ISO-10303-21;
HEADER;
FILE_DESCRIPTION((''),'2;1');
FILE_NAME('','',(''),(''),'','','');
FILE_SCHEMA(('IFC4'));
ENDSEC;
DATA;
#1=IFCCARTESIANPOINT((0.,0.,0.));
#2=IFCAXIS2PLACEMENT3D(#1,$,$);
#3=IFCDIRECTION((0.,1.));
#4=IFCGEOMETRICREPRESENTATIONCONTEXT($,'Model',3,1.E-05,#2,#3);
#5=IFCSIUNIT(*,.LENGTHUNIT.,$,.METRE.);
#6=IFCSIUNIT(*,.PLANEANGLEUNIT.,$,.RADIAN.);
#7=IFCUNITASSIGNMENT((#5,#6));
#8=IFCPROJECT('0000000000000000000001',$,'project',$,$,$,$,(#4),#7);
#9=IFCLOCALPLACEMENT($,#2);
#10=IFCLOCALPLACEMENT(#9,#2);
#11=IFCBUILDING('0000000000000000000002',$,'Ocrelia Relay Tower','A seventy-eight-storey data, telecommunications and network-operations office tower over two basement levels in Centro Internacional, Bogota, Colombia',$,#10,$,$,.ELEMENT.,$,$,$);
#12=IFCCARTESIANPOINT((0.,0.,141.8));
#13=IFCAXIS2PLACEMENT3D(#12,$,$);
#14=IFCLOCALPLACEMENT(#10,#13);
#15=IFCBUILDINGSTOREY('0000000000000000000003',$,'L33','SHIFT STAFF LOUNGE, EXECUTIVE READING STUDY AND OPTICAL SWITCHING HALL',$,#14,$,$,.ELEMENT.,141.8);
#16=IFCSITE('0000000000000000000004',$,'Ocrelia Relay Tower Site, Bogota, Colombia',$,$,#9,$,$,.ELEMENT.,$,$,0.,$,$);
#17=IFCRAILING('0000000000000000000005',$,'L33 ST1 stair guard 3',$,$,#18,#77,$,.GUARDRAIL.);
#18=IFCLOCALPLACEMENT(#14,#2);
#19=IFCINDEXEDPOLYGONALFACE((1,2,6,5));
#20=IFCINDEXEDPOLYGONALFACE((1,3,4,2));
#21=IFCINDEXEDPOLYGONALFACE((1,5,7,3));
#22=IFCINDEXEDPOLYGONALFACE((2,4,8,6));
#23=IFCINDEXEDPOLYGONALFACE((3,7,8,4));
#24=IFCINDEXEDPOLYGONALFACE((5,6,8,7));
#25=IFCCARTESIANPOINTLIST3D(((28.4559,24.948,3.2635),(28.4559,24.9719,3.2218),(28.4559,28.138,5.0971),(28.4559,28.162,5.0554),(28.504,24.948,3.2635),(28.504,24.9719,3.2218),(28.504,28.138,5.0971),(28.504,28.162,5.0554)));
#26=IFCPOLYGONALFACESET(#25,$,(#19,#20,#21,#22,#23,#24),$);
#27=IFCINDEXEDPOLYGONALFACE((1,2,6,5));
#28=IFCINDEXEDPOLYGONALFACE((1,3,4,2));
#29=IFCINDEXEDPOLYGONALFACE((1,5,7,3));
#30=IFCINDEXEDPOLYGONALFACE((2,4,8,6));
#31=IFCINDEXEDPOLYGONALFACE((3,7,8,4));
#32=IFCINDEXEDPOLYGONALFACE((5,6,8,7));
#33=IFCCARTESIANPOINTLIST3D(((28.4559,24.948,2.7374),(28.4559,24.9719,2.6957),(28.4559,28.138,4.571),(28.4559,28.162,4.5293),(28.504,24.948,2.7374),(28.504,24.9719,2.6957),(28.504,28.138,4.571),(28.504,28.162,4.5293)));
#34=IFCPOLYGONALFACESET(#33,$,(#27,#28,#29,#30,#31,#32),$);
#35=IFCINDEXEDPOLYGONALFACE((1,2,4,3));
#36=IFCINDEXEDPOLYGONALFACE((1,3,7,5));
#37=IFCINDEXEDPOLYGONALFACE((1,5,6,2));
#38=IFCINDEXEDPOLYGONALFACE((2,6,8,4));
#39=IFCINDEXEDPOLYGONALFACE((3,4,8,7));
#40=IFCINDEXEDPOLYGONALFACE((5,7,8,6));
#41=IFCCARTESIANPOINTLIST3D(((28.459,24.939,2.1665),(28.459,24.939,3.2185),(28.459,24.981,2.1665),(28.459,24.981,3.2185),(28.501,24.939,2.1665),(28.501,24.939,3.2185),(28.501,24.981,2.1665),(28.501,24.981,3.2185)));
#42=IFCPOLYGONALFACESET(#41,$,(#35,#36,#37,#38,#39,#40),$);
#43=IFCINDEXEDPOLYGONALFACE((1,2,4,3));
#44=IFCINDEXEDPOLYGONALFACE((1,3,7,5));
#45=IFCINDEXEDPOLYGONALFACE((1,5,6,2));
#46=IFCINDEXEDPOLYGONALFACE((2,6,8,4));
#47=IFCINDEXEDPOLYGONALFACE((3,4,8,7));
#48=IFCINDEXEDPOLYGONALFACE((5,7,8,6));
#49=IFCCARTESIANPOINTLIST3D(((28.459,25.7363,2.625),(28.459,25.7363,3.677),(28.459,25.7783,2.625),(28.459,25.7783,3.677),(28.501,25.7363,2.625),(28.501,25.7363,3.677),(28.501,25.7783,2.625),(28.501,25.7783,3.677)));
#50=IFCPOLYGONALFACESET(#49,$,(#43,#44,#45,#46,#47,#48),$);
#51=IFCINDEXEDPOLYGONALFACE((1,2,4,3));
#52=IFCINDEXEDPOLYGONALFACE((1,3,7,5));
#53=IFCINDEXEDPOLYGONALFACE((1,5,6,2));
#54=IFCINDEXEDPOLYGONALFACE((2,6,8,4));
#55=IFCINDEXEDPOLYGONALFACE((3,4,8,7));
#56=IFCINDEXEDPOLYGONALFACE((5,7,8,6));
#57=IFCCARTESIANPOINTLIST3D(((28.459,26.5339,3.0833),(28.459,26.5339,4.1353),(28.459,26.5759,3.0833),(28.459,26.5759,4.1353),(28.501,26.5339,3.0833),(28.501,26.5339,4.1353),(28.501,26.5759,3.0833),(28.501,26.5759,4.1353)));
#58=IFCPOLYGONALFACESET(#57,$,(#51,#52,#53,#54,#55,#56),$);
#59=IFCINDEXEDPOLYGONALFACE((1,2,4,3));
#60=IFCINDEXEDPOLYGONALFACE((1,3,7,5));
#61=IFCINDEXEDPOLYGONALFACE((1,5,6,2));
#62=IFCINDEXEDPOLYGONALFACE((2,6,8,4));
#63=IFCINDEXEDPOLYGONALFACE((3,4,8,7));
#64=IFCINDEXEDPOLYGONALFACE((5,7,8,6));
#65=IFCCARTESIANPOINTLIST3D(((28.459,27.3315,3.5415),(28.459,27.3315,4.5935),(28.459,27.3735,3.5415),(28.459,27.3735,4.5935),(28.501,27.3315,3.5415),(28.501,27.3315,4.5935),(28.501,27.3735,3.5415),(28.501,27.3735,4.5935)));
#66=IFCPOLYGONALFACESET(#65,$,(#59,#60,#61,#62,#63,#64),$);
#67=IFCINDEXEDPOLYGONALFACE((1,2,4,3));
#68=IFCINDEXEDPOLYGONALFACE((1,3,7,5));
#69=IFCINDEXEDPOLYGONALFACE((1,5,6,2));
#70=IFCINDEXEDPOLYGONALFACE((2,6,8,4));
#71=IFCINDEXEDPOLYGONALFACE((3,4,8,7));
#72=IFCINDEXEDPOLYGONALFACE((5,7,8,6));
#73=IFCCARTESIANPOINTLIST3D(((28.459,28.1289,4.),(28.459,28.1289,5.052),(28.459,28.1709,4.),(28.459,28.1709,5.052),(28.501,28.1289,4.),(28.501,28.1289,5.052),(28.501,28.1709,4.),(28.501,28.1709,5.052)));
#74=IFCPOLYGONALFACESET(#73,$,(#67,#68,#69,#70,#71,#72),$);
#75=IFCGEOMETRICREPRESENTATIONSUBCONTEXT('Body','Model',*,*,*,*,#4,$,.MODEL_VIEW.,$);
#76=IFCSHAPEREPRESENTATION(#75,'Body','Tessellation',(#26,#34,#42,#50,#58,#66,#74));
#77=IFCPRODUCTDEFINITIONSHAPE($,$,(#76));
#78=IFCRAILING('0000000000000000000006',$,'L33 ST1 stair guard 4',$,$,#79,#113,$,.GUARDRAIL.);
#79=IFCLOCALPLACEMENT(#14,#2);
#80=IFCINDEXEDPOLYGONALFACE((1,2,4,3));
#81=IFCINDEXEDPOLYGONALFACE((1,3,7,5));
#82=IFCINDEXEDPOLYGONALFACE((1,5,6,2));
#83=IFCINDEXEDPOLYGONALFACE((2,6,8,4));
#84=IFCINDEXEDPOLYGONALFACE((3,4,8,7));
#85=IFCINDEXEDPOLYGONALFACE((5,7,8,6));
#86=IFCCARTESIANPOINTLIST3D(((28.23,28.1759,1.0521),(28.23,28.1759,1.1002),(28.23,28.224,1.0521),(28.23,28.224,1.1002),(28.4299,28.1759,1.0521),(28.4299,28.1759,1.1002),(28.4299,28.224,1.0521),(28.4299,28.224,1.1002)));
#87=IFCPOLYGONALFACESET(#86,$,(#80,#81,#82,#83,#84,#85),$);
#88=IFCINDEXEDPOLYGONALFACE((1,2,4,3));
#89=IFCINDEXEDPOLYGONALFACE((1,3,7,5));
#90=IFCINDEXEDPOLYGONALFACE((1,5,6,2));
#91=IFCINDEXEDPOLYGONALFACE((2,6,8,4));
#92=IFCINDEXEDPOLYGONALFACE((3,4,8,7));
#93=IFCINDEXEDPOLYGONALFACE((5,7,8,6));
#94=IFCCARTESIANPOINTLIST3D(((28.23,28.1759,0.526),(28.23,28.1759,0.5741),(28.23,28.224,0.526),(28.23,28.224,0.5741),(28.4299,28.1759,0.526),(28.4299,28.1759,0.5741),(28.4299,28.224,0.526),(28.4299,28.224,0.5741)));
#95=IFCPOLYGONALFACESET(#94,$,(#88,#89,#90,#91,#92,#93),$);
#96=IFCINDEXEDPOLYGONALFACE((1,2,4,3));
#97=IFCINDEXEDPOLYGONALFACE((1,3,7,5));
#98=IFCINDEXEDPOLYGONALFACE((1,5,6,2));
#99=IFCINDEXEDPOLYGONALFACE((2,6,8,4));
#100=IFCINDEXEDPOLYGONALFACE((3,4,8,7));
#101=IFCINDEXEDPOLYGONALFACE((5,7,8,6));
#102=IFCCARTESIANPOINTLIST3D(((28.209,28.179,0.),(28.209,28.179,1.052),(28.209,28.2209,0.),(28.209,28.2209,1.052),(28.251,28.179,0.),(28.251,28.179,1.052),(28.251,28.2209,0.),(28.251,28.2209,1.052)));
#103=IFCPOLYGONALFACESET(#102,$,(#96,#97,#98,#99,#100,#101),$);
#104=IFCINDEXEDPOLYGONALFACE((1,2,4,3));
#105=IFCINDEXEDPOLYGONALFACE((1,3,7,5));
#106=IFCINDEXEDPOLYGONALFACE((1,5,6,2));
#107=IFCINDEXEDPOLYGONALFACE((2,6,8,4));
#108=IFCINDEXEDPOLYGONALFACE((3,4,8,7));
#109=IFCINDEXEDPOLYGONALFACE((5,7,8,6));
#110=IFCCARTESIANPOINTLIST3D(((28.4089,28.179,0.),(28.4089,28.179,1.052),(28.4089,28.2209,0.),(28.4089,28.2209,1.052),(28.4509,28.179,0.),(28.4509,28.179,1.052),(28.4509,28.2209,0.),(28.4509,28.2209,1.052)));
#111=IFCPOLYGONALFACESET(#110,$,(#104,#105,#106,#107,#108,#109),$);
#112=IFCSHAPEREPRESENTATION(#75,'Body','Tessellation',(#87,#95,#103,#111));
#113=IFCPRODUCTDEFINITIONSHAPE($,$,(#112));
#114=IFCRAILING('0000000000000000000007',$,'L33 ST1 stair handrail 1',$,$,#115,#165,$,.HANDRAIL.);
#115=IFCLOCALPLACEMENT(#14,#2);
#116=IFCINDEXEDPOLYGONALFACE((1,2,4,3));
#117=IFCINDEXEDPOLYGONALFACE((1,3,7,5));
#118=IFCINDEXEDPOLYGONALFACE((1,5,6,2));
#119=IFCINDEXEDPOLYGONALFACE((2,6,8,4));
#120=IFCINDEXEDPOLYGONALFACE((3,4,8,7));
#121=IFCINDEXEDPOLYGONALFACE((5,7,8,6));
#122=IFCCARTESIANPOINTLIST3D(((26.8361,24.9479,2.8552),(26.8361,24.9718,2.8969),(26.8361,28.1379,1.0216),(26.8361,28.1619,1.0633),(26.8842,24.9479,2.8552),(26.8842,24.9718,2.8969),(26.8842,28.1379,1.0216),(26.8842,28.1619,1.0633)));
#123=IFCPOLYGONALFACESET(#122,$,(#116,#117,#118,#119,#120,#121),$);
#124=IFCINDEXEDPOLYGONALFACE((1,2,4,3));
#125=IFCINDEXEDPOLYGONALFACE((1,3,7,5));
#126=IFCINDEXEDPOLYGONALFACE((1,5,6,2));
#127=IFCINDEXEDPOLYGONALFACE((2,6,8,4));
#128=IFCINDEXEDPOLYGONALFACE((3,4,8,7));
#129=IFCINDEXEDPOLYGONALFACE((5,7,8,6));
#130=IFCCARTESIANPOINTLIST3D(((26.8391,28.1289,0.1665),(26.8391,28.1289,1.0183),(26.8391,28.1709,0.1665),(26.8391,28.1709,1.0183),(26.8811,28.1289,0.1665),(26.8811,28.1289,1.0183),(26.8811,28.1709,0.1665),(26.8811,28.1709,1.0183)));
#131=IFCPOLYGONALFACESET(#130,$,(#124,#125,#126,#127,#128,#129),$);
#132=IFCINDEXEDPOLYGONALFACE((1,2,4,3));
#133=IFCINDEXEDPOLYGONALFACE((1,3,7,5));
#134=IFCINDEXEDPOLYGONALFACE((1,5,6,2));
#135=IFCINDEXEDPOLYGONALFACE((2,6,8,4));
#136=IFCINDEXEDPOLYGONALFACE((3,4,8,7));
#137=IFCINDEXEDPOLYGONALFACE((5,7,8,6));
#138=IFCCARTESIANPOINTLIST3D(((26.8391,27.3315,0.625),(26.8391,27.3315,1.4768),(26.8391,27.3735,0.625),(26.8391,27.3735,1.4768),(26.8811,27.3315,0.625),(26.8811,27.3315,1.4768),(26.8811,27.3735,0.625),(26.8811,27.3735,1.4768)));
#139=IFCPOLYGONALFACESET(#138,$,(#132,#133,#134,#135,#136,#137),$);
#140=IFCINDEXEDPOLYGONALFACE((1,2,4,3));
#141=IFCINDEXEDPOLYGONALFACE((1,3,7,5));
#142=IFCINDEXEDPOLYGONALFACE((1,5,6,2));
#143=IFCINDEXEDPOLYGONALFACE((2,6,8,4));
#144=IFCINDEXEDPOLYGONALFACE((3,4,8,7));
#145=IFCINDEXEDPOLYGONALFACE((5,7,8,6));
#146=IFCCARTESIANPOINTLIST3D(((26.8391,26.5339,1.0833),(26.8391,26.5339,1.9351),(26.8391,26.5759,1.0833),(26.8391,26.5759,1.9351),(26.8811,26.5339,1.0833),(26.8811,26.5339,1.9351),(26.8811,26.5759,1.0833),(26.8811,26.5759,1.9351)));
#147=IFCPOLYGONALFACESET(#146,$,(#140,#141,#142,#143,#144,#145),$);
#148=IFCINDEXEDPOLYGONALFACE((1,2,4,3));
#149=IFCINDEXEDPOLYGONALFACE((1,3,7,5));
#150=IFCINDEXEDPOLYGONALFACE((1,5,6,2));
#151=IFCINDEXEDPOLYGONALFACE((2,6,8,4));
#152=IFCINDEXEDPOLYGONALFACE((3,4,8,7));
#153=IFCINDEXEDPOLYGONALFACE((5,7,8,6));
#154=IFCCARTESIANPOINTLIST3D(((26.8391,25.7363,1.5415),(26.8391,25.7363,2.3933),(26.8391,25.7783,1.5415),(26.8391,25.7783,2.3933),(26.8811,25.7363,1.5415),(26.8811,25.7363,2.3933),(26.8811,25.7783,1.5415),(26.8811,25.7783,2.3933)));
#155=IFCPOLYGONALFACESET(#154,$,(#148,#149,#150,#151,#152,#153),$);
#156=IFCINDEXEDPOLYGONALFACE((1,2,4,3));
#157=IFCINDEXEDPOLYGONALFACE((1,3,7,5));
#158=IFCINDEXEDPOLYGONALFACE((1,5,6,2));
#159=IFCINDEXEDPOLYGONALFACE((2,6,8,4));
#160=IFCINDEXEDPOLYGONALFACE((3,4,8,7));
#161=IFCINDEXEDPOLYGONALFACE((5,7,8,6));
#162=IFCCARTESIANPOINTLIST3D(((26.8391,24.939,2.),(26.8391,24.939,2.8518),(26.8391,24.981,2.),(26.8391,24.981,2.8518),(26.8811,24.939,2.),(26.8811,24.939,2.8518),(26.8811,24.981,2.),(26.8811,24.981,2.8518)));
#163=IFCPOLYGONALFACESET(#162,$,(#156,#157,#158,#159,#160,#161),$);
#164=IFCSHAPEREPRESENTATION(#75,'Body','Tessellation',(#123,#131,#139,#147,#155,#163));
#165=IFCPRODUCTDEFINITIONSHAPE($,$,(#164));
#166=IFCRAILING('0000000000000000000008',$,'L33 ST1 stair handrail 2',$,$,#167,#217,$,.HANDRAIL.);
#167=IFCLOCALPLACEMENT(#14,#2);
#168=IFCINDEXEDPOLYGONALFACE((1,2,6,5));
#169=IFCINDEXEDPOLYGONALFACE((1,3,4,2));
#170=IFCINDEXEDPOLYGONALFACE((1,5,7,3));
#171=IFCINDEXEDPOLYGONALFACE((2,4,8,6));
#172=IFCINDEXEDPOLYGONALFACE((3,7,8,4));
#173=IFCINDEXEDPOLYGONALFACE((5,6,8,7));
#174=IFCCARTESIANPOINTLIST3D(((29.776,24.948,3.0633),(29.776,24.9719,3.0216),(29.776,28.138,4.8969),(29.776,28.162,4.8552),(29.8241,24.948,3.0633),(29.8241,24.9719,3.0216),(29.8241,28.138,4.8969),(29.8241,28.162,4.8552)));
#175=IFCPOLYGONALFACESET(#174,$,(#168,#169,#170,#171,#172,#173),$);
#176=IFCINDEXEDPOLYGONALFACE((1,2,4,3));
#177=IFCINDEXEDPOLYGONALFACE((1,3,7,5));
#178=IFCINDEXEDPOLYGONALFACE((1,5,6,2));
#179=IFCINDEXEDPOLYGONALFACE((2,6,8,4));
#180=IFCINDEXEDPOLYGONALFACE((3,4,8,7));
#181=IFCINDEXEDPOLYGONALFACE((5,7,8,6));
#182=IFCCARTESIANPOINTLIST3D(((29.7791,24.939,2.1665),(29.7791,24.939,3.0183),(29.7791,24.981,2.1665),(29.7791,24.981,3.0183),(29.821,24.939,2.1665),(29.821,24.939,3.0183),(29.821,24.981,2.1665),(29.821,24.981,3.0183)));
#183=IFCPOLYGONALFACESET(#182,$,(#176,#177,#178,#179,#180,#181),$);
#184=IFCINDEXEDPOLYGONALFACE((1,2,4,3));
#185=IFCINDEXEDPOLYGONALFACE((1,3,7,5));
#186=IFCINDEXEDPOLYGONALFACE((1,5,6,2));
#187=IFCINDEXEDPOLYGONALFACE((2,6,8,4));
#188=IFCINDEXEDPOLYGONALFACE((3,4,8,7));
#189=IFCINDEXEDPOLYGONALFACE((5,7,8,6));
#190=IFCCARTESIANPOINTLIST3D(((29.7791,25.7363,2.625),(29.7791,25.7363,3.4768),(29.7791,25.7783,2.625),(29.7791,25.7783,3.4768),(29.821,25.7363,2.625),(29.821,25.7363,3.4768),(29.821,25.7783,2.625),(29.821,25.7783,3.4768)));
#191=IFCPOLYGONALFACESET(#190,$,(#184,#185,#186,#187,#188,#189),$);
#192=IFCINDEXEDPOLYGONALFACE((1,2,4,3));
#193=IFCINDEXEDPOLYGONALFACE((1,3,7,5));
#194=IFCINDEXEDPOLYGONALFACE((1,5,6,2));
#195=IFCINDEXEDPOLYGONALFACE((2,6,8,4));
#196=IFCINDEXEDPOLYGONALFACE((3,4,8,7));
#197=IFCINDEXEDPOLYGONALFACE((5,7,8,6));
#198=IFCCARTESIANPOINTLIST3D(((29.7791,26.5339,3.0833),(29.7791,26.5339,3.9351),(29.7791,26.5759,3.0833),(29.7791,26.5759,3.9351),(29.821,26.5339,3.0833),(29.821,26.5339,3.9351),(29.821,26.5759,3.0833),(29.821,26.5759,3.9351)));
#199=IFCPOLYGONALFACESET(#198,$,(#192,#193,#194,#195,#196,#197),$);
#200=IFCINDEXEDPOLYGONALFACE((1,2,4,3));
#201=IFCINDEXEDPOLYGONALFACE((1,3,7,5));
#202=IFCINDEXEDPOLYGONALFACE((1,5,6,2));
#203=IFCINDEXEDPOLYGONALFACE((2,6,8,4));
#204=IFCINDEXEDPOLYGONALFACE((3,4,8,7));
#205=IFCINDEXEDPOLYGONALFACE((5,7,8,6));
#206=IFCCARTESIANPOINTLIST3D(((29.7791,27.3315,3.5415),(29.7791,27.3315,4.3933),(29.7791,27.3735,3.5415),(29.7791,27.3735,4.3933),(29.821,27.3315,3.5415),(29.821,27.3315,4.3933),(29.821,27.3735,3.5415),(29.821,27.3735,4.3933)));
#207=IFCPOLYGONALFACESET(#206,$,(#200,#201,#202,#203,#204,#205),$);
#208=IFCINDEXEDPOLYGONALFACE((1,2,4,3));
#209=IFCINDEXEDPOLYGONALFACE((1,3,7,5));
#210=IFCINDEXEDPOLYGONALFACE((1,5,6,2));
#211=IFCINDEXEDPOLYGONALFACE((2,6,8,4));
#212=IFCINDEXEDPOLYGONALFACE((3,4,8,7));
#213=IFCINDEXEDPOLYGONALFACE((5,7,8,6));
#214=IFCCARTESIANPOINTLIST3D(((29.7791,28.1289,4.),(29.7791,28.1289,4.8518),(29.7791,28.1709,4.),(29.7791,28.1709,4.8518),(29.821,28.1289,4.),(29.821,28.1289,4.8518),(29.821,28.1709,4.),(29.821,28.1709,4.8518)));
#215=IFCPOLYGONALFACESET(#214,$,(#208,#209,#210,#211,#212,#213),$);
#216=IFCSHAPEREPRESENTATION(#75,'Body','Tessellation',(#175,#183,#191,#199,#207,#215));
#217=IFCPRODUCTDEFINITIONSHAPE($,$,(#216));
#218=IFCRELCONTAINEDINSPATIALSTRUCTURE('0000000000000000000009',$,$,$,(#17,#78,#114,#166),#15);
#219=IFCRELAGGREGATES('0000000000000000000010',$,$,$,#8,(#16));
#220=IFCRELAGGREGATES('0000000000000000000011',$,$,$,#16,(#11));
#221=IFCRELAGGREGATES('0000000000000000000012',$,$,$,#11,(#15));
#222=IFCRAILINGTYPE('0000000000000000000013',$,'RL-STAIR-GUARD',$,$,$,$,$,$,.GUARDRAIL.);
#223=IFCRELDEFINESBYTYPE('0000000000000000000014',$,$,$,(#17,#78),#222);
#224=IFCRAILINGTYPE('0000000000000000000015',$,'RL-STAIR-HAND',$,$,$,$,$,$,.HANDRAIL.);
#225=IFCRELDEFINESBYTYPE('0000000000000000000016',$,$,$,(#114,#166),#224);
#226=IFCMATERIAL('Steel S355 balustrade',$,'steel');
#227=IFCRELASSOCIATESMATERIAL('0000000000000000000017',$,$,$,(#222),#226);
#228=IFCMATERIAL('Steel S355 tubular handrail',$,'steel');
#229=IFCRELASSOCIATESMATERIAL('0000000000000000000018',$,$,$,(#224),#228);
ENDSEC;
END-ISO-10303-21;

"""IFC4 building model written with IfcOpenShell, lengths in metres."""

from ifc_helpers import new_model, si_unit, direction, frame, origin, origin_2d, place, context, subcontext, project, spatial, rectangle, extrude, material, type_object, element, save


model = new_model("IFC4")

# Units and contexts
model_context = context("Model", 3, precision=1e-05, world=origin(), true_north=direction((0.0, 1.0)))
body_context = subcontext(model_context, "Body", "Model", "MODEL_VIEW")
ifc_project = project(units=[si_unit("LENGTHUNIT", "METRE"), si_unit("PLANEANGLEUNIT", "RADIAN")], contexts=[model_context])

# Site, building, storey
site_placement = place(None, origin())
site = spatial("IfcSite", under=ifc_project, at=site_placement, Name="Ocrelia Relay Tower Site, Bogota, Colombia", CompositionType="ELEMENT", RefElevation=0.0)
building_placement = place(site_placement, origin())
building = spatial("IfcBuilding", under=site, at=building_placement, Name="Ocrelia Relay Tower", Description="A seventy-eight-storey data, telecommunications and network-operations office tower over two basement levels in Centro Internacional, Bogota, Colombia", CompositionType="ELEMENT")
storey_placement = place(building_placement, frame((0.0, 0.0, 141.8)))
storey = spatial("IfcBuildingStorey", under=building, at=storey_placement, Name="L33", Description="SHIFT STAFF LOUNGE, EXECUTIVE READING STUDY AND OPTICAL SWITCHING HALL", CompositionType="ELEMENT", Elevation=141.8)

# Railings
ifc_material_1 = material(Name="Steel S355 balustrade", Category="steel")
railing_type_1 = type_object("IfcRailingType", Name="RL-STAIR-GUARD", PredefinedType="GUARDRAIL", material=ifc_material_1)
railing_1_placement = place(storey_placement, frame((28.48, 24.96, 2.1665)))
element("IfcRailing", 1, at=railing_1_placement, inside=storey, type_object=railing_type_1, Name="L33 ST1 stair guard 3", PredefinedType="GUARDRAIL", context=body_context, shape_type="SweptSolid", body=[
    extrude(rectangle(XDim=0.0481, YDim=0.0481, at=origin_2d()), frame((0.0, 0.0, 1.0762), z_axis=(0.0, 0.866991, 0.498324), x_axis=(-1.0, 0.0, 0.0)), (0.0, 0.0, 1.0), 3.6794),
    extrude(rectangle(XDim=0.0481, YDim=0.0481, at=origin_2d()), frame((0.0, 0.0, 0.55), z_axis=(0.0, 0.866991, 0.498324), x_axis=(-1.0, 0.0, 0.0)), (0.0, 0.0, 1.0), 3.6794),
    extrude(rectangle(XDim=0.042, YDim=0.042, at=origin_2d()), origin(), (0.0, 0.0, 1.0), 1.052),
    extrude(rectangle(XDim=0.042, YDim=0.042, at=origin_2d()), frame((0.0, 0.7974, 0.4585)), (0.0, 0.0, 1.0), 1.052),
    extrude(rectangle(XDim=0.042, YDim=0.042, at=origin_2d()), frame((0.0, 1.595, 0.9167)), (0.0, 0.0, 1.0), 1.052),
    extrude(rectangle(XDim=0.042, YDim=0.042, at=origin_2d()), frame((0.0, 2.3926, 1.375)), (0.0, 0.0, 1.0), 1.052),
    extrude(rectangle(XDim=0.042, YDim=0.042, at=origin_2d()), frame((0.0, 3.1899, 1.8335)), (0.0, 0.0, 1.0), 1.052),
])
railing_2_placement = place(storey_placement, frame((28.23, 28.2, 0.0)))
element("IfcRailing", 2, at=railing_2_placement, inside=storey, type_object=railing_type_1, Name="L33 ST1 stair guard 4", PredefinedType="GUARDRAIL", context=body_context, shape_type="SweptSolid", body=[
    extrude(rectangle(XDim=0.0481, YDim=0.0481, at=origin_2d()), frame((0.0, 0.0, 1.0762), z_axis=(1.0, 0.0, 0.0), x_axis=(0.0, 1.0, 0.0)), (0.0, 0.0, 1.0), 0.2),
    extrude(rectangle(XDim=0.0481, YDim=0.0481, at=origin_2d()), frame((0.0, 0.0, 0.55), z_axis=(1.0, 0.0, 0.0), x_axis=(0.0, 1.0, 0.0)), (0.0, 0.0, 1.0), 0.2),
    extrude(rectangle(XDim=0.042, YDim=0.042, at=origin_2d()), origin(), (0.0, 0.0, 1.0), 1.052),
    extrude(rectangle(XDim=0.042, YDim=0.042, at=origin_2d()), frame((0.2, 0.0, 0.0)), (0.0, 0.0, 1.0), 1.052),
])
ifc_material_2 = material(Name="Steel S355 tubular handrail", Category="steel")
railing_type_2 = type_object("IfcRailingType", Name="RL-STAIR-HAND", PredefinedType="HANDRAIL", material=ifc_material_2)
railing_3_placement = place(storey_placement, frame((26.8601, 28.1499, 0.1665)))
element("IfcRailing", 3, at=railing_3_placement, inside=storey, type_object=railing_type_2, Name="L33 ST1 stair handrail 1", PredefinedType="HANDRAIL", context=body_context, shape_type="SweptSolid", body=[
    extrude(rectangle(XDim=0.0481, YDim=0.0481, at=origin_2d()), frame((0.0, 0.0, 0.876), z_axis=(0.0, -0.866991, 0.498324), x_axis=(1.0, 0.0, 0.0)), (0.0, 0.0, 1.0), 3.6794),
    extrude(rectangle(XDim=0.042, YDim=0.042, at=origin_2d()), origin(), (0.0, 0.0, 1.0), 0.8518),
    extrude(rectangle(XDim=0.042, YDim=0.042, at=origin_2d()), frame((0.0, -0.7974, 0.4585)), (0.0, 0.0, 1.0), 0.8518),
    extrude(rectangle(XDim=0.042, YDim=0.042, at=origin_2d()), frame((0.0, -1.595, 0.9167)), (0.0, 0.0, 1.0), 0.8518),
    extrude(rectangle(XDim=0.042, YDim=0.042, at=origin_2d()), frame((0.0, -2.3926, 1.375)), (0.0, 0.0, 1.0), 0.8518),
    extrude(rectangle(XDim=0.042, YDim=0.042, at=origin_2d()), frame((0.0, -3.1899, 1.8335)), (0.0, 0.0, 1.0), 0.8518),
])
railing_4_placement = place(storey_placement, frame((29.8, 24.96, 2.1665)))
element("IfcRailing", 4, at=railing_4_placement, inside=storey, type_object=railing_type_2, Name="L33 ST1 stair handrail 2", PredefinedType="HANDRAIL", context=body_context, shape_type="SweptSolid", body=[
    extrude(rectangle(XDim=0.0481, YDim=0.0481, at=origin_2d()), frame((0.0, 0.0, 0.876), z_axis=(0.0, 0.866991, 0.498324), x_axis=(-1.0, 0.0, 0.0)), (0.0, 0.0, 1.0), 3.6794),
    extrude(rectangle(XDim=0.042, YDim=0.042, at=origin_2d()), origin(), (0.0, 0.0, 1.0), 0.8518),
    extrude(rectangle(XDim=0.042, YDim=0.042, at=origin_2d()), frame((0.0, 0.7974, 0.4585)), (0.0, 0.0, 1.0), 0.8518),
    extrude(rectangle(XDim=0.042, YDim=0.042, at=origin_2d()), frame((0.0, 1.595, 0.9167)), (0.0, 0.0, 1.0), 0.8518),
    extrude(rectangle(XDim=0.042, YDim=0.042, at=origin_2d()), frame((0.0, 2.3926, 1.375)), (0.0, 0.0, 1.0), 0.8518),
    extrude(rectangle(XDim=0.042, YDim=0.042, at=origin_2d()), frame((0.0, 3.1899, 1.8335)), (0.0, 0.0, 1.0), 0.8518),
])

save(model, "model.ifc")
